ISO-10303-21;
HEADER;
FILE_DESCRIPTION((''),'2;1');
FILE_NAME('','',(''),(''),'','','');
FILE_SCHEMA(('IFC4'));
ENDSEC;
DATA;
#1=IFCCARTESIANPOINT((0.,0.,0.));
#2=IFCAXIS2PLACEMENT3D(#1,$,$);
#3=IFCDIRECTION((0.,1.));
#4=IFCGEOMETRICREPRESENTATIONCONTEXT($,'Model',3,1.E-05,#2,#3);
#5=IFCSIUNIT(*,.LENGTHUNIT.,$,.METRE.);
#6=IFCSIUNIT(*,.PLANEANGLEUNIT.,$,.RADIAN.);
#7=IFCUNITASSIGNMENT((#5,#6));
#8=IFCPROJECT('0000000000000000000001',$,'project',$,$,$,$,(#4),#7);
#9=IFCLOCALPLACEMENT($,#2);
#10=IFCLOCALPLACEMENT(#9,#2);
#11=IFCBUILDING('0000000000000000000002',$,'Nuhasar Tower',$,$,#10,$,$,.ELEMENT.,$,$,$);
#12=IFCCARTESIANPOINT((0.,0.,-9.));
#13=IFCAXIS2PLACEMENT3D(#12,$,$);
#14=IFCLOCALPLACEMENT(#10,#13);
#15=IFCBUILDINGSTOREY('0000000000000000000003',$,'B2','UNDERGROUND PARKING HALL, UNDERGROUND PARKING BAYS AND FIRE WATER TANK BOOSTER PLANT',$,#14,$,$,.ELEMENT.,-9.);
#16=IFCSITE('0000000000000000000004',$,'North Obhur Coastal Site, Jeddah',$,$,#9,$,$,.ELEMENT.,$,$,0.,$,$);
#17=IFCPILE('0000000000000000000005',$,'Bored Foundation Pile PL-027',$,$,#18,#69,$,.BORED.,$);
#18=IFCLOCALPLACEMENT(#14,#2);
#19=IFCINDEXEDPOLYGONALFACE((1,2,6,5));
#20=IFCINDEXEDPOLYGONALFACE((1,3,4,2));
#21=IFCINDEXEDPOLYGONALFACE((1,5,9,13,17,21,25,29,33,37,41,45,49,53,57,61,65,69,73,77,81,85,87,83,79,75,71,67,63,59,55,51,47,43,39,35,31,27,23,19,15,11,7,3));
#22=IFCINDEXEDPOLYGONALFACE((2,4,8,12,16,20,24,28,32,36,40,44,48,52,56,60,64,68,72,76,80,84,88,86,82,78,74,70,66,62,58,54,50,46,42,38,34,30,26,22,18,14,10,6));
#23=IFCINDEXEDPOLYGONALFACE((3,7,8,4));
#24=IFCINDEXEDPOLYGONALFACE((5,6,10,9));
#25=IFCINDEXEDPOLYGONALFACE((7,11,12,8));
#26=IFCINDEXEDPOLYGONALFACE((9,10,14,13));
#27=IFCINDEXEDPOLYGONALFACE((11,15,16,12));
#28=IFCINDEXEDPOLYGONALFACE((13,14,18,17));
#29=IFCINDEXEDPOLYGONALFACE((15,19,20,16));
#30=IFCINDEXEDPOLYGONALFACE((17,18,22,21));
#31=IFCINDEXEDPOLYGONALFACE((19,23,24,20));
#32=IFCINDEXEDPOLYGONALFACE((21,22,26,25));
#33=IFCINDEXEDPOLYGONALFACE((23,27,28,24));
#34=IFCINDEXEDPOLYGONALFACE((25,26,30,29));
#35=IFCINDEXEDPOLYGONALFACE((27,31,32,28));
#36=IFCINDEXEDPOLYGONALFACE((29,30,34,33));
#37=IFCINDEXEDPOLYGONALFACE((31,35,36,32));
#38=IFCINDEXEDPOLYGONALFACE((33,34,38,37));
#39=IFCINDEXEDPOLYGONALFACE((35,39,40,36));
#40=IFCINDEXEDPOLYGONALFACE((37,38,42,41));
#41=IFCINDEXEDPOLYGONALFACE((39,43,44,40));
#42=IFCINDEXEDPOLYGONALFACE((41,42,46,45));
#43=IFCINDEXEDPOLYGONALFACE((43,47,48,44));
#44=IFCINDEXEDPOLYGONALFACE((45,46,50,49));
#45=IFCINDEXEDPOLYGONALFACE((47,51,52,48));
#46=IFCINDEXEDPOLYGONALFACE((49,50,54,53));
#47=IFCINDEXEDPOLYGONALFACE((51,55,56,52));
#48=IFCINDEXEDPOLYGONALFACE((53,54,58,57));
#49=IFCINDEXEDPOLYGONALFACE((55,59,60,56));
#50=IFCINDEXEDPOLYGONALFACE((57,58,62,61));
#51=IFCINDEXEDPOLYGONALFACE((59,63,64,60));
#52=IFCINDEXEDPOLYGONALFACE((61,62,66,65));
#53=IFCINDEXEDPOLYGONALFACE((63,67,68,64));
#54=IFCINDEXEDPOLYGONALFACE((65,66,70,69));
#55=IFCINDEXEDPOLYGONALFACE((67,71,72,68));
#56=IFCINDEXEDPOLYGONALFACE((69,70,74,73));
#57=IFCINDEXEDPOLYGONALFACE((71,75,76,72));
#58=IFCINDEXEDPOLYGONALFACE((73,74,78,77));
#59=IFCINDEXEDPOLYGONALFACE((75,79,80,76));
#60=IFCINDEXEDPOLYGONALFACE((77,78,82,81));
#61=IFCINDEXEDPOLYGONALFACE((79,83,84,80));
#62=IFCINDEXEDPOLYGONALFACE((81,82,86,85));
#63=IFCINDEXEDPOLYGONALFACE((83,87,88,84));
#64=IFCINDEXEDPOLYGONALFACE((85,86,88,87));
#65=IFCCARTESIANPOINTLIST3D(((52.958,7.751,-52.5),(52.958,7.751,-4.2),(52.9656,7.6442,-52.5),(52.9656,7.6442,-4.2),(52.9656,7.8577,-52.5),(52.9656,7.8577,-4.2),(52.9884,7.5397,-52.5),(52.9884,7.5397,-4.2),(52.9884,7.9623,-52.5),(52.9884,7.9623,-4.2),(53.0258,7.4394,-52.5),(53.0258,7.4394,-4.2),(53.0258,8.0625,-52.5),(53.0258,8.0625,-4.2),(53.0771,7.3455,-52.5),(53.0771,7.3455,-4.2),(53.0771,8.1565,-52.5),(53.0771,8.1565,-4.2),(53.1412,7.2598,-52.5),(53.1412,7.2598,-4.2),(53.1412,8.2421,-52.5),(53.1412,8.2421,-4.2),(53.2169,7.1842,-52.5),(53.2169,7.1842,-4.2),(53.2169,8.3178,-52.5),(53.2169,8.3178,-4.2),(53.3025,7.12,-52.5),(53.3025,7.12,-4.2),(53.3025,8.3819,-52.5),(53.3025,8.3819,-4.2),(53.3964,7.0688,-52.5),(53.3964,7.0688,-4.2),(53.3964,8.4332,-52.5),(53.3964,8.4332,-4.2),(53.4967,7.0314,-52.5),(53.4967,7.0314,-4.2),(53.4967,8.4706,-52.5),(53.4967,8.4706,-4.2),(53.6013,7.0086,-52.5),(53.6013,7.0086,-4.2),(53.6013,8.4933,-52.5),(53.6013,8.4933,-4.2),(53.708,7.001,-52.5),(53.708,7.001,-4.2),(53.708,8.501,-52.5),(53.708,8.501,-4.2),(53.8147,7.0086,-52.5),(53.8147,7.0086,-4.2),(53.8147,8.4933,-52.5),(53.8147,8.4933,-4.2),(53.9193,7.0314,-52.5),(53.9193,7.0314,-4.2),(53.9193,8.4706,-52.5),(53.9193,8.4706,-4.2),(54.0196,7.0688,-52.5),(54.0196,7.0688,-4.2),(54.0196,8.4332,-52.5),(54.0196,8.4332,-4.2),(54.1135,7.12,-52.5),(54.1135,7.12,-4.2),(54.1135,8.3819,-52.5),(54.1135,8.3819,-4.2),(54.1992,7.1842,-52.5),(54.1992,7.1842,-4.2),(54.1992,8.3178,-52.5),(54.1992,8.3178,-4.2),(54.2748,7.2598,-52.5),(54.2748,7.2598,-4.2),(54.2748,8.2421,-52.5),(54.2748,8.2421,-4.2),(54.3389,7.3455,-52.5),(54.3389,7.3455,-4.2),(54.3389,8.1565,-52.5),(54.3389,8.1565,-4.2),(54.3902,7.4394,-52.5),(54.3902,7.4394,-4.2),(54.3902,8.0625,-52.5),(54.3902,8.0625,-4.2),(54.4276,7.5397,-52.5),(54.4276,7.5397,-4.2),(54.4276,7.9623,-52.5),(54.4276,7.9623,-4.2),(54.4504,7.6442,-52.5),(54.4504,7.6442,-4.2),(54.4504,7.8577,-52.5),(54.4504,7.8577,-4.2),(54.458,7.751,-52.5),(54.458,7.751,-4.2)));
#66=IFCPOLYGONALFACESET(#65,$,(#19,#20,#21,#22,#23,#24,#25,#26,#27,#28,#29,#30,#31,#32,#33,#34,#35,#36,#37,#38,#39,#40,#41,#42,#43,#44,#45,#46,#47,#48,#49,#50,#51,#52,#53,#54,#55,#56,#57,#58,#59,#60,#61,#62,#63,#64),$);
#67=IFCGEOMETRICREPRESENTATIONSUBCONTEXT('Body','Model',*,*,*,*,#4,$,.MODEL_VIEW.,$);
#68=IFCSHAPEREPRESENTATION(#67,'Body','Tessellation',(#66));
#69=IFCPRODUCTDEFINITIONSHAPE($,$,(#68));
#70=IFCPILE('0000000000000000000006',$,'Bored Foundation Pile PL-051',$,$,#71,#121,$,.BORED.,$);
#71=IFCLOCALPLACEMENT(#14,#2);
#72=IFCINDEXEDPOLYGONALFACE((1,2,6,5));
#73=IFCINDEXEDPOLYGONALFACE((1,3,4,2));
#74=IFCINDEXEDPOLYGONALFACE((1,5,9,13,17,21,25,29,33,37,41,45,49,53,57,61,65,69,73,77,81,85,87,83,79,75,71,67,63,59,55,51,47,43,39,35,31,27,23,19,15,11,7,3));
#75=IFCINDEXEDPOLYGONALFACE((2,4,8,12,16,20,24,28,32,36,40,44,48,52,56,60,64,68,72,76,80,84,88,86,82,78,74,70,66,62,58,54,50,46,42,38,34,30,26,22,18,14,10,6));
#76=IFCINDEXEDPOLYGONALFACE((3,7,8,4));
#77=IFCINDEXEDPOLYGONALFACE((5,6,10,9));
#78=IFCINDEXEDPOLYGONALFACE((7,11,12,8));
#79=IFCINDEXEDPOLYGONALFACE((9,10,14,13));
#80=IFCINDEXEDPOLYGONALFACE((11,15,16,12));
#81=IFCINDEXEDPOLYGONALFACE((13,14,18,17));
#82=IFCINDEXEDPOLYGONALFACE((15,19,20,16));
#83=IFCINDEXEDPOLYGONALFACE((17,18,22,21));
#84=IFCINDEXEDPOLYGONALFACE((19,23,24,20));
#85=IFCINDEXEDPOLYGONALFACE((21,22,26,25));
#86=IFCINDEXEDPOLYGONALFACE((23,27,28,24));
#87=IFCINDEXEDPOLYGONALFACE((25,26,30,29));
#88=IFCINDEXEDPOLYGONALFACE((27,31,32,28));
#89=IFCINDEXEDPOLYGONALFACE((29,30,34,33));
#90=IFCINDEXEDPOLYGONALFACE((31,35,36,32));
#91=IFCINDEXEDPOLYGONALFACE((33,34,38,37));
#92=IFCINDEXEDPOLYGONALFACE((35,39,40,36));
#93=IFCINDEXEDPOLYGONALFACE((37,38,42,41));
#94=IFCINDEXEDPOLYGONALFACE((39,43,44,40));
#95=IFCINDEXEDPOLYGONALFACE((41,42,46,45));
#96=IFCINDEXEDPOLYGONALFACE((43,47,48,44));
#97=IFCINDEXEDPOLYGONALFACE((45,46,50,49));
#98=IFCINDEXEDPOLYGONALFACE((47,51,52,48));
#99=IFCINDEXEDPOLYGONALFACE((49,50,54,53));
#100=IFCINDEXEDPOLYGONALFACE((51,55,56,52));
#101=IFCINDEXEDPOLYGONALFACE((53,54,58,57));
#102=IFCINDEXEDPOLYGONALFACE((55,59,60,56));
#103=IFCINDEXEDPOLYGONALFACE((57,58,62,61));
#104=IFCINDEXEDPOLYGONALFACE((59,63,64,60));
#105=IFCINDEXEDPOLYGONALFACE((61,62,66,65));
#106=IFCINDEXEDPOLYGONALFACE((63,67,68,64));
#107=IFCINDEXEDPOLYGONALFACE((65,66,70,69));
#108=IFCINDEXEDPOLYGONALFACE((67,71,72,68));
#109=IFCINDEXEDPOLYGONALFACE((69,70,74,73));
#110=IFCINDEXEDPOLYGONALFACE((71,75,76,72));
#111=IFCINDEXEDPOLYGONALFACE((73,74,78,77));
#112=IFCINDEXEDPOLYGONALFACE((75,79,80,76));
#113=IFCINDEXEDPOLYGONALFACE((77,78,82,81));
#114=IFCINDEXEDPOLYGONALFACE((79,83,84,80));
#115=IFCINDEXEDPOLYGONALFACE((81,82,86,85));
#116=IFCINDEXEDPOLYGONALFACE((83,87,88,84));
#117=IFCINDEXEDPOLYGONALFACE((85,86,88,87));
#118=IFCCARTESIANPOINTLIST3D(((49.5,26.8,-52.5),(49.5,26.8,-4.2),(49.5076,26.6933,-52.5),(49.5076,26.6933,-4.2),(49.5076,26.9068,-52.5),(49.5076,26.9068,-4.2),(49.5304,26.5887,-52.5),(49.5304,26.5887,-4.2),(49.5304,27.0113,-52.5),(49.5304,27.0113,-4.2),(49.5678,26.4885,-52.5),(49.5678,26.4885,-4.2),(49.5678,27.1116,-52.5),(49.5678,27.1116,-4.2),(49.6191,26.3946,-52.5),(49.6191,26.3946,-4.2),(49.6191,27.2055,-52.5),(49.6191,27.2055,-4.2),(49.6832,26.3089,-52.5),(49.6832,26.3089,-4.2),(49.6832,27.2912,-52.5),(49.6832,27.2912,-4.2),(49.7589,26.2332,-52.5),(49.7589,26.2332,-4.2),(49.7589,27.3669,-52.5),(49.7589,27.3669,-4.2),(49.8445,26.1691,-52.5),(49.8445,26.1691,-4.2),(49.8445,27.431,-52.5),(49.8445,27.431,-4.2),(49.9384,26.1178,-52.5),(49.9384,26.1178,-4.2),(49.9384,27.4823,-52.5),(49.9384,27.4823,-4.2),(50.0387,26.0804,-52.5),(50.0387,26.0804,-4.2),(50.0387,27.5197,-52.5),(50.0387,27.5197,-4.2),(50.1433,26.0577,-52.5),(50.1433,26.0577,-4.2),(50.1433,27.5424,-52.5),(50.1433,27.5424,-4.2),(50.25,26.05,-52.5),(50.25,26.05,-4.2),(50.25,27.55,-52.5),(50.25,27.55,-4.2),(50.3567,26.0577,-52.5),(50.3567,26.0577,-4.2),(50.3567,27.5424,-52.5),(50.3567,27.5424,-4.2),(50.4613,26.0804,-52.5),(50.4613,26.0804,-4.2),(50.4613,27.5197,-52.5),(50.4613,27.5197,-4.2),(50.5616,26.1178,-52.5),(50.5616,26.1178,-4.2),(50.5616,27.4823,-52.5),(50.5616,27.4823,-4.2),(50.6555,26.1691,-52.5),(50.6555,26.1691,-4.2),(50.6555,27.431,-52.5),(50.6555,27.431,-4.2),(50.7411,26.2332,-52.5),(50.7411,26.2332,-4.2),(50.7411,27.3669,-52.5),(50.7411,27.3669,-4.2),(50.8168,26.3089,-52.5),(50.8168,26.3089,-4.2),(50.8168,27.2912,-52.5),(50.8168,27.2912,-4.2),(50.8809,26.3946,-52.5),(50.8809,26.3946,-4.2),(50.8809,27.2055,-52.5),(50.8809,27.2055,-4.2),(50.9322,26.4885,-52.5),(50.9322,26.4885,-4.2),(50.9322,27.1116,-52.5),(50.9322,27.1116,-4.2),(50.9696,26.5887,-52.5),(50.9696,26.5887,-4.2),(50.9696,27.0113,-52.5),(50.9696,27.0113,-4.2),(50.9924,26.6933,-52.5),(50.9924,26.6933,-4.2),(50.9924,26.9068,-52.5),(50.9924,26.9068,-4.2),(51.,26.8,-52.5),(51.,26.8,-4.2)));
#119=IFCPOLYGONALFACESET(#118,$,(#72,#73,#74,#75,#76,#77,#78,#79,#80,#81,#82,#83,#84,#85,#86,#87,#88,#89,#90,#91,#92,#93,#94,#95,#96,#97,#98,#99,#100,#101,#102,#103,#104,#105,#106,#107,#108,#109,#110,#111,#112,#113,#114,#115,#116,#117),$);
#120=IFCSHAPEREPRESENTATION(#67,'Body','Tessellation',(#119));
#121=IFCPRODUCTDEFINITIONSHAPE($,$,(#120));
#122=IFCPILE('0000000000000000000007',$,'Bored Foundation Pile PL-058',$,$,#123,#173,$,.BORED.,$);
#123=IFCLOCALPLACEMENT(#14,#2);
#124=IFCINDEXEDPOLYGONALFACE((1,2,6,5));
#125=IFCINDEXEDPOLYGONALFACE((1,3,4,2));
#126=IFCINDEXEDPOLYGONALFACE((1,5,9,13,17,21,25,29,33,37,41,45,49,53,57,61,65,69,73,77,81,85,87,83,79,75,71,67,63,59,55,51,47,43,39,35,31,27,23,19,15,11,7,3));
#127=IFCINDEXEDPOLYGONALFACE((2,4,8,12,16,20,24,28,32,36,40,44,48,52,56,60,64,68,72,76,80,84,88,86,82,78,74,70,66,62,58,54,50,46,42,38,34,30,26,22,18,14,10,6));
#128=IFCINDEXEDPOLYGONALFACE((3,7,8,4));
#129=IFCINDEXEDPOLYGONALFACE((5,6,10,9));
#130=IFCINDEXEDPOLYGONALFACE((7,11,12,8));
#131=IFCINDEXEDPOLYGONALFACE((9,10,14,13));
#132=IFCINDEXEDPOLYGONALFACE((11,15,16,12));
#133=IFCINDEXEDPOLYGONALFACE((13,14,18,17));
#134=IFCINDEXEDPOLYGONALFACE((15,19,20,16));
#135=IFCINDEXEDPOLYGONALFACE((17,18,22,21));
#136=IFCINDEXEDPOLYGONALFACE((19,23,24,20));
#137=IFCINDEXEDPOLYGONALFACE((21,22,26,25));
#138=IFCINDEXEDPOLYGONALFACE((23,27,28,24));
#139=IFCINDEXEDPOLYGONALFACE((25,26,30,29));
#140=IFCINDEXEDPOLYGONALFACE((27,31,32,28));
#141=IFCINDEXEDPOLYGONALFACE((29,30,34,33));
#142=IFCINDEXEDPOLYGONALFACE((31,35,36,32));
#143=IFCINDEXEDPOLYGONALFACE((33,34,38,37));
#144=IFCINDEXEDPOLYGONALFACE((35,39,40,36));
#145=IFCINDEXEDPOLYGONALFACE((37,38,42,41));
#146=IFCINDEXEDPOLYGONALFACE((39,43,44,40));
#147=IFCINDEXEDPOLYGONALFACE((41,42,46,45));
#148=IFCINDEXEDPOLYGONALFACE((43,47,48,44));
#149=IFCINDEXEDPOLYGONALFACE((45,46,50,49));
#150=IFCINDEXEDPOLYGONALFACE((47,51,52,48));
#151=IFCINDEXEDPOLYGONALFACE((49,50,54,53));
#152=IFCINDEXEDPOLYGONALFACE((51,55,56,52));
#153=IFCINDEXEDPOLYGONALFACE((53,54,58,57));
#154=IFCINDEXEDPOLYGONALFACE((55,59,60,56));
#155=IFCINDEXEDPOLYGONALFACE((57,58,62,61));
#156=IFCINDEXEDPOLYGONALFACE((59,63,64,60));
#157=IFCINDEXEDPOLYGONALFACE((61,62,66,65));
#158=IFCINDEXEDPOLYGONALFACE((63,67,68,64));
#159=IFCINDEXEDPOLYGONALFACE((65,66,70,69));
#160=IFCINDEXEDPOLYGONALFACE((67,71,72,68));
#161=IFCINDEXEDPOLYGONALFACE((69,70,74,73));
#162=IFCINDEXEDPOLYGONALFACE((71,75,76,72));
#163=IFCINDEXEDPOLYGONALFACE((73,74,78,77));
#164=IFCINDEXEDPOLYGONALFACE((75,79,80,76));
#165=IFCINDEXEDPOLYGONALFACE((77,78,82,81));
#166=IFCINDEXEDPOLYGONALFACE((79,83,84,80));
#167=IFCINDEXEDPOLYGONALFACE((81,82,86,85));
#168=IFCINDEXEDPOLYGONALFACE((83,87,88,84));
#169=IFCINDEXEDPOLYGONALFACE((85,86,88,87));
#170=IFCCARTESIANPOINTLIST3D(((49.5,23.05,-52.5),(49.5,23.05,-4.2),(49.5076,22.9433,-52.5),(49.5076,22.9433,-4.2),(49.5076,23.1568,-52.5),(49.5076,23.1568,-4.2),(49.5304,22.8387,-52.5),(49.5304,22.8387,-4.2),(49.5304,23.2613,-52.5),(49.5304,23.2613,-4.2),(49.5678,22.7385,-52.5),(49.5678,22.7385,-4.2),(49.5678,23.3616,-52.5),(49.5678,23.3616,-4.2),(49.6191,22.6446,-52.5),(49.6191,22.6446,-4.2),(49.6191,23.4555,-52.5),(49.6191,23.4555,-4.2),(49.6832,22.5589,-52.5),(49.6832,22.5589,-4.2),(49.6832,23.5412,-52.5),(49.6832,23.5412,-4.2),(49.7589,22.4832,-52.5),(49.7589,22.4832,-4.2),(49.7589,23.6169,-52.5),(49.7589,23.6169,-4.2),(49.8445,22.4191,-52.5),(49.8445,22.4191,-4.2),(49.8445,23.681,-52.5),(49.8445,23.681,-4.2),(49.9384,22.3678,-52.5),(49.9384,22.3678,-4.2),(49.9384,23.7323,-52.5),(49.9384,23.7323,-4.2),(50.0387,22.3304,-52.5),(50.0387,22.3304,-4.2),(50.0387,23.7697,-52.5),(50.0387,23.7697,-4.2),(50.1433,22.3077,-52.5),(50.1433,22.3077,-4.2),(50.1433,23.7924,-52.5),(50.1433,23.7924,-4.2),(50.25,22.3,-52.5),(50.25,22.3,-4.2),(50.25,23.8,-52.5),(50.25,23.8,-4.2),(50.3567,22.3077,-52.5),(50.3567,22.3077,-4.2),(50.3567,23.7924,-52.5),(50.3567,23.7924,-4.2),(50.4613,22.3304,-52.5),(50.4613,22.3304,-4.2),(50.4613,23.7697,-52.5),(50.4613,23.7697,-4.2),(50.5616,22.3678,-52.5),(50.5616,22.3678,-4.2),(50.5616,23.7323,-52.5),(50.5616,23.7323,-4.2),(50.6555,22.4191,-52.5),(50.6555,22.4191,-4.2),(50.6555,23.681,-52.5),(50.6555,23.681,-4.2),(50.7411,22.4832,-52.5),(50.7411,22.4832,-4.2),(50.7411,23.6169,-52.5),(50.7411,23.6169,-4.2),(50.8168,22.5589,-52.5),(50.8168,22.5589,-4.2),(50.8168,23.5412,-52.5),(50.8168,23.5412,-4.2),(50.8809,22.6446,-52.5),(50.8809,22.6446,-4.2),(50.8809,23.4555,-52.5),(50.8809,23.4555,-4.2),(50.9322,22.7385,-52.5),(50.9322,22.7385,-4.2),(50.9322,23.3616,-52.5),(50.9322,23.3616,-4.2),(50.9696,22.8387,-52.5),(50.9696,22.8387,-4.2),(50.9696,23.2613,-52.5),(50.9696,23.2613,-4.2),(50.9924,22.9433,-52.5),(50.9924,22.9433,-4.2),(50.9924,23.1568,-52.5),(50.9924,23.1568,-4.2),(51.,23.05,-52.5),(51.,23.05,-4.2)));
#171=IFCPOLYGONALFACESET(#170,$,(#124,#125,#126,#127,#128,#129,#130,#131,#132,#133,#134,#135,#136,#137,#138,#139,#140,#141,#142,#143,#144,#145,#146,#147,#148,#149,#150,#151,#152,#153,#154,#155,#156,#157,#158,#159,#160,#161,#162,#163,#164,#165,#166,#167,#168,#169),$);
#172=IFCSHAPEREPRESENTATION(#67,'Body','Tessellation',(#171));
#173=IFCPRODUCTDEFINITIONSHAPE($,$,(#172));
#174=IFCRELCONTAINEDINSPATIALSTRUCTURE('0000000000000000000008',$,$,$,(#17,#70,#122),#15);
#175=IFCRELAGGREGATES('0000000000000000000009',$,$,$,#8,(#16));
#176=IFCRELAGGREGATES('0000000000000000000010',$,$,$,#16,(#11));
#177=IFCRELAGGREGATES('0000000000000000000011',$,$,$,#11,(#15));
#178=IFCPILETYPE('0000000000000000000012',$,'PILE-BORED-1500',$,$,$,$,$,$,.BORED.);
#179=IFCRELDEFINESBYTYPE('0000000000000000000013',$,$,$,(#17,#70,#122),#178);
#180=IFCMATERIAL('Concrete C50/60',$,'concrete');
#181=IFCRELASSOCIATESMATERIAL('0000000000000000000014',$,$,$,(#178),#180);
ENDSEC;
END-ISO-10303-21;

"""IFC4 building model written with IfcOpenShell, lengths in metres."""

from ifc_helpers import new_model, si_unit, direction, frame, origin, origin_2d, place, context, subcontext, project, spatial, circle, extrude, material, material_profile, profile_set, type_object, element, save


model = new_model("IFC4")

# Units and contexts
model_context = context("Model", 3, precision=1e-05, world=origin(), true_north=direction((0.0, 1.0)))
body_context = subcontext(model_context, "Body", "Model", "MODEL_VIEW")
ifc_project = project(units=[si_unit("LENGTHUNIT", "METRE"), si_unit("PLANEANGLEUNIT", "RADIAN")], contexts=[model_context])

# Site, building, storey
site_placement = place(None, origin())
site = spatial("IfcSite", under=ifc_project, at=site_placement, Name="North Obhur Coastal Site, Jeddah", CompositionType="ELEMENT", RefElevation=0.0)
building_placement = place(site_placement, origin())
building = spatial("IfcBuilding", under=site, at=building_placement, Name="Nuhasar Tower", CompositionType="ELEMENT")
storey_placement = place(building_placement, frame((0.0, 0.0, -9.0)))
storey = spatial("IfcBuildingStorey", under=building, at=storey_placement, Name="B2", Description="UNDERGROUND PARKING HALL, UNDERGROUND PARKING BAYS AND FIRE WATER TANK BOOSTER PLANT", CompositionType="ELEMENT", Elevation=-9.0)

# Piles
ifc_material_1 = material(Name="Concrete C50/60", Category="concrete")
ifc_material_profile_1 = material_profile(ifc_material_1, circle(Radius=0.75, at=origin_2d()), Name="PILE1500")
ifc_profile_set_1 = profile_set([ifc_material_profile_1], Name="Concrete C50/60")
pile_type = type_object("IfcPileType", Name="PILE-BORED-1500", PredefinedType="BORED", material=ifc_profile_set_1)
for number, where, z_axis, x_axis, name in (
    (1, (53.708, 7.751, -4.2), (0.0, 0.0, -1.0), (1.0, 0.0, 0.0), "Bored Foundation Pile PL-027"),
    (2, (50.25, 26.8, -4.2), (0.0, 0.0, -1.0), (1.0, 0.0, 0.0), "Bored Foundation Pile PL-051"),
    (3, (50.25, 23.05, -4.2), (0.0, 0.0, -1.0), (1.0, 0.0, 0.0), "Bored Foundation Pile PL-058"),
):
    element("IfcPile", number, at=place(storey_placement, frame(where, z_axis=z_axis, x_axis=x_axis)), inside=storey, type_object=pile_type, Name=name, PredefinedType="BORED", context=body_context, shape_type="SweptSolid", body=[
        extrude(circle(Radius=0.75, at=origin_2d()), origin(), (0.0, 0.0, 1.0), 48.3),
    ])

save(model, "model.ifc")
